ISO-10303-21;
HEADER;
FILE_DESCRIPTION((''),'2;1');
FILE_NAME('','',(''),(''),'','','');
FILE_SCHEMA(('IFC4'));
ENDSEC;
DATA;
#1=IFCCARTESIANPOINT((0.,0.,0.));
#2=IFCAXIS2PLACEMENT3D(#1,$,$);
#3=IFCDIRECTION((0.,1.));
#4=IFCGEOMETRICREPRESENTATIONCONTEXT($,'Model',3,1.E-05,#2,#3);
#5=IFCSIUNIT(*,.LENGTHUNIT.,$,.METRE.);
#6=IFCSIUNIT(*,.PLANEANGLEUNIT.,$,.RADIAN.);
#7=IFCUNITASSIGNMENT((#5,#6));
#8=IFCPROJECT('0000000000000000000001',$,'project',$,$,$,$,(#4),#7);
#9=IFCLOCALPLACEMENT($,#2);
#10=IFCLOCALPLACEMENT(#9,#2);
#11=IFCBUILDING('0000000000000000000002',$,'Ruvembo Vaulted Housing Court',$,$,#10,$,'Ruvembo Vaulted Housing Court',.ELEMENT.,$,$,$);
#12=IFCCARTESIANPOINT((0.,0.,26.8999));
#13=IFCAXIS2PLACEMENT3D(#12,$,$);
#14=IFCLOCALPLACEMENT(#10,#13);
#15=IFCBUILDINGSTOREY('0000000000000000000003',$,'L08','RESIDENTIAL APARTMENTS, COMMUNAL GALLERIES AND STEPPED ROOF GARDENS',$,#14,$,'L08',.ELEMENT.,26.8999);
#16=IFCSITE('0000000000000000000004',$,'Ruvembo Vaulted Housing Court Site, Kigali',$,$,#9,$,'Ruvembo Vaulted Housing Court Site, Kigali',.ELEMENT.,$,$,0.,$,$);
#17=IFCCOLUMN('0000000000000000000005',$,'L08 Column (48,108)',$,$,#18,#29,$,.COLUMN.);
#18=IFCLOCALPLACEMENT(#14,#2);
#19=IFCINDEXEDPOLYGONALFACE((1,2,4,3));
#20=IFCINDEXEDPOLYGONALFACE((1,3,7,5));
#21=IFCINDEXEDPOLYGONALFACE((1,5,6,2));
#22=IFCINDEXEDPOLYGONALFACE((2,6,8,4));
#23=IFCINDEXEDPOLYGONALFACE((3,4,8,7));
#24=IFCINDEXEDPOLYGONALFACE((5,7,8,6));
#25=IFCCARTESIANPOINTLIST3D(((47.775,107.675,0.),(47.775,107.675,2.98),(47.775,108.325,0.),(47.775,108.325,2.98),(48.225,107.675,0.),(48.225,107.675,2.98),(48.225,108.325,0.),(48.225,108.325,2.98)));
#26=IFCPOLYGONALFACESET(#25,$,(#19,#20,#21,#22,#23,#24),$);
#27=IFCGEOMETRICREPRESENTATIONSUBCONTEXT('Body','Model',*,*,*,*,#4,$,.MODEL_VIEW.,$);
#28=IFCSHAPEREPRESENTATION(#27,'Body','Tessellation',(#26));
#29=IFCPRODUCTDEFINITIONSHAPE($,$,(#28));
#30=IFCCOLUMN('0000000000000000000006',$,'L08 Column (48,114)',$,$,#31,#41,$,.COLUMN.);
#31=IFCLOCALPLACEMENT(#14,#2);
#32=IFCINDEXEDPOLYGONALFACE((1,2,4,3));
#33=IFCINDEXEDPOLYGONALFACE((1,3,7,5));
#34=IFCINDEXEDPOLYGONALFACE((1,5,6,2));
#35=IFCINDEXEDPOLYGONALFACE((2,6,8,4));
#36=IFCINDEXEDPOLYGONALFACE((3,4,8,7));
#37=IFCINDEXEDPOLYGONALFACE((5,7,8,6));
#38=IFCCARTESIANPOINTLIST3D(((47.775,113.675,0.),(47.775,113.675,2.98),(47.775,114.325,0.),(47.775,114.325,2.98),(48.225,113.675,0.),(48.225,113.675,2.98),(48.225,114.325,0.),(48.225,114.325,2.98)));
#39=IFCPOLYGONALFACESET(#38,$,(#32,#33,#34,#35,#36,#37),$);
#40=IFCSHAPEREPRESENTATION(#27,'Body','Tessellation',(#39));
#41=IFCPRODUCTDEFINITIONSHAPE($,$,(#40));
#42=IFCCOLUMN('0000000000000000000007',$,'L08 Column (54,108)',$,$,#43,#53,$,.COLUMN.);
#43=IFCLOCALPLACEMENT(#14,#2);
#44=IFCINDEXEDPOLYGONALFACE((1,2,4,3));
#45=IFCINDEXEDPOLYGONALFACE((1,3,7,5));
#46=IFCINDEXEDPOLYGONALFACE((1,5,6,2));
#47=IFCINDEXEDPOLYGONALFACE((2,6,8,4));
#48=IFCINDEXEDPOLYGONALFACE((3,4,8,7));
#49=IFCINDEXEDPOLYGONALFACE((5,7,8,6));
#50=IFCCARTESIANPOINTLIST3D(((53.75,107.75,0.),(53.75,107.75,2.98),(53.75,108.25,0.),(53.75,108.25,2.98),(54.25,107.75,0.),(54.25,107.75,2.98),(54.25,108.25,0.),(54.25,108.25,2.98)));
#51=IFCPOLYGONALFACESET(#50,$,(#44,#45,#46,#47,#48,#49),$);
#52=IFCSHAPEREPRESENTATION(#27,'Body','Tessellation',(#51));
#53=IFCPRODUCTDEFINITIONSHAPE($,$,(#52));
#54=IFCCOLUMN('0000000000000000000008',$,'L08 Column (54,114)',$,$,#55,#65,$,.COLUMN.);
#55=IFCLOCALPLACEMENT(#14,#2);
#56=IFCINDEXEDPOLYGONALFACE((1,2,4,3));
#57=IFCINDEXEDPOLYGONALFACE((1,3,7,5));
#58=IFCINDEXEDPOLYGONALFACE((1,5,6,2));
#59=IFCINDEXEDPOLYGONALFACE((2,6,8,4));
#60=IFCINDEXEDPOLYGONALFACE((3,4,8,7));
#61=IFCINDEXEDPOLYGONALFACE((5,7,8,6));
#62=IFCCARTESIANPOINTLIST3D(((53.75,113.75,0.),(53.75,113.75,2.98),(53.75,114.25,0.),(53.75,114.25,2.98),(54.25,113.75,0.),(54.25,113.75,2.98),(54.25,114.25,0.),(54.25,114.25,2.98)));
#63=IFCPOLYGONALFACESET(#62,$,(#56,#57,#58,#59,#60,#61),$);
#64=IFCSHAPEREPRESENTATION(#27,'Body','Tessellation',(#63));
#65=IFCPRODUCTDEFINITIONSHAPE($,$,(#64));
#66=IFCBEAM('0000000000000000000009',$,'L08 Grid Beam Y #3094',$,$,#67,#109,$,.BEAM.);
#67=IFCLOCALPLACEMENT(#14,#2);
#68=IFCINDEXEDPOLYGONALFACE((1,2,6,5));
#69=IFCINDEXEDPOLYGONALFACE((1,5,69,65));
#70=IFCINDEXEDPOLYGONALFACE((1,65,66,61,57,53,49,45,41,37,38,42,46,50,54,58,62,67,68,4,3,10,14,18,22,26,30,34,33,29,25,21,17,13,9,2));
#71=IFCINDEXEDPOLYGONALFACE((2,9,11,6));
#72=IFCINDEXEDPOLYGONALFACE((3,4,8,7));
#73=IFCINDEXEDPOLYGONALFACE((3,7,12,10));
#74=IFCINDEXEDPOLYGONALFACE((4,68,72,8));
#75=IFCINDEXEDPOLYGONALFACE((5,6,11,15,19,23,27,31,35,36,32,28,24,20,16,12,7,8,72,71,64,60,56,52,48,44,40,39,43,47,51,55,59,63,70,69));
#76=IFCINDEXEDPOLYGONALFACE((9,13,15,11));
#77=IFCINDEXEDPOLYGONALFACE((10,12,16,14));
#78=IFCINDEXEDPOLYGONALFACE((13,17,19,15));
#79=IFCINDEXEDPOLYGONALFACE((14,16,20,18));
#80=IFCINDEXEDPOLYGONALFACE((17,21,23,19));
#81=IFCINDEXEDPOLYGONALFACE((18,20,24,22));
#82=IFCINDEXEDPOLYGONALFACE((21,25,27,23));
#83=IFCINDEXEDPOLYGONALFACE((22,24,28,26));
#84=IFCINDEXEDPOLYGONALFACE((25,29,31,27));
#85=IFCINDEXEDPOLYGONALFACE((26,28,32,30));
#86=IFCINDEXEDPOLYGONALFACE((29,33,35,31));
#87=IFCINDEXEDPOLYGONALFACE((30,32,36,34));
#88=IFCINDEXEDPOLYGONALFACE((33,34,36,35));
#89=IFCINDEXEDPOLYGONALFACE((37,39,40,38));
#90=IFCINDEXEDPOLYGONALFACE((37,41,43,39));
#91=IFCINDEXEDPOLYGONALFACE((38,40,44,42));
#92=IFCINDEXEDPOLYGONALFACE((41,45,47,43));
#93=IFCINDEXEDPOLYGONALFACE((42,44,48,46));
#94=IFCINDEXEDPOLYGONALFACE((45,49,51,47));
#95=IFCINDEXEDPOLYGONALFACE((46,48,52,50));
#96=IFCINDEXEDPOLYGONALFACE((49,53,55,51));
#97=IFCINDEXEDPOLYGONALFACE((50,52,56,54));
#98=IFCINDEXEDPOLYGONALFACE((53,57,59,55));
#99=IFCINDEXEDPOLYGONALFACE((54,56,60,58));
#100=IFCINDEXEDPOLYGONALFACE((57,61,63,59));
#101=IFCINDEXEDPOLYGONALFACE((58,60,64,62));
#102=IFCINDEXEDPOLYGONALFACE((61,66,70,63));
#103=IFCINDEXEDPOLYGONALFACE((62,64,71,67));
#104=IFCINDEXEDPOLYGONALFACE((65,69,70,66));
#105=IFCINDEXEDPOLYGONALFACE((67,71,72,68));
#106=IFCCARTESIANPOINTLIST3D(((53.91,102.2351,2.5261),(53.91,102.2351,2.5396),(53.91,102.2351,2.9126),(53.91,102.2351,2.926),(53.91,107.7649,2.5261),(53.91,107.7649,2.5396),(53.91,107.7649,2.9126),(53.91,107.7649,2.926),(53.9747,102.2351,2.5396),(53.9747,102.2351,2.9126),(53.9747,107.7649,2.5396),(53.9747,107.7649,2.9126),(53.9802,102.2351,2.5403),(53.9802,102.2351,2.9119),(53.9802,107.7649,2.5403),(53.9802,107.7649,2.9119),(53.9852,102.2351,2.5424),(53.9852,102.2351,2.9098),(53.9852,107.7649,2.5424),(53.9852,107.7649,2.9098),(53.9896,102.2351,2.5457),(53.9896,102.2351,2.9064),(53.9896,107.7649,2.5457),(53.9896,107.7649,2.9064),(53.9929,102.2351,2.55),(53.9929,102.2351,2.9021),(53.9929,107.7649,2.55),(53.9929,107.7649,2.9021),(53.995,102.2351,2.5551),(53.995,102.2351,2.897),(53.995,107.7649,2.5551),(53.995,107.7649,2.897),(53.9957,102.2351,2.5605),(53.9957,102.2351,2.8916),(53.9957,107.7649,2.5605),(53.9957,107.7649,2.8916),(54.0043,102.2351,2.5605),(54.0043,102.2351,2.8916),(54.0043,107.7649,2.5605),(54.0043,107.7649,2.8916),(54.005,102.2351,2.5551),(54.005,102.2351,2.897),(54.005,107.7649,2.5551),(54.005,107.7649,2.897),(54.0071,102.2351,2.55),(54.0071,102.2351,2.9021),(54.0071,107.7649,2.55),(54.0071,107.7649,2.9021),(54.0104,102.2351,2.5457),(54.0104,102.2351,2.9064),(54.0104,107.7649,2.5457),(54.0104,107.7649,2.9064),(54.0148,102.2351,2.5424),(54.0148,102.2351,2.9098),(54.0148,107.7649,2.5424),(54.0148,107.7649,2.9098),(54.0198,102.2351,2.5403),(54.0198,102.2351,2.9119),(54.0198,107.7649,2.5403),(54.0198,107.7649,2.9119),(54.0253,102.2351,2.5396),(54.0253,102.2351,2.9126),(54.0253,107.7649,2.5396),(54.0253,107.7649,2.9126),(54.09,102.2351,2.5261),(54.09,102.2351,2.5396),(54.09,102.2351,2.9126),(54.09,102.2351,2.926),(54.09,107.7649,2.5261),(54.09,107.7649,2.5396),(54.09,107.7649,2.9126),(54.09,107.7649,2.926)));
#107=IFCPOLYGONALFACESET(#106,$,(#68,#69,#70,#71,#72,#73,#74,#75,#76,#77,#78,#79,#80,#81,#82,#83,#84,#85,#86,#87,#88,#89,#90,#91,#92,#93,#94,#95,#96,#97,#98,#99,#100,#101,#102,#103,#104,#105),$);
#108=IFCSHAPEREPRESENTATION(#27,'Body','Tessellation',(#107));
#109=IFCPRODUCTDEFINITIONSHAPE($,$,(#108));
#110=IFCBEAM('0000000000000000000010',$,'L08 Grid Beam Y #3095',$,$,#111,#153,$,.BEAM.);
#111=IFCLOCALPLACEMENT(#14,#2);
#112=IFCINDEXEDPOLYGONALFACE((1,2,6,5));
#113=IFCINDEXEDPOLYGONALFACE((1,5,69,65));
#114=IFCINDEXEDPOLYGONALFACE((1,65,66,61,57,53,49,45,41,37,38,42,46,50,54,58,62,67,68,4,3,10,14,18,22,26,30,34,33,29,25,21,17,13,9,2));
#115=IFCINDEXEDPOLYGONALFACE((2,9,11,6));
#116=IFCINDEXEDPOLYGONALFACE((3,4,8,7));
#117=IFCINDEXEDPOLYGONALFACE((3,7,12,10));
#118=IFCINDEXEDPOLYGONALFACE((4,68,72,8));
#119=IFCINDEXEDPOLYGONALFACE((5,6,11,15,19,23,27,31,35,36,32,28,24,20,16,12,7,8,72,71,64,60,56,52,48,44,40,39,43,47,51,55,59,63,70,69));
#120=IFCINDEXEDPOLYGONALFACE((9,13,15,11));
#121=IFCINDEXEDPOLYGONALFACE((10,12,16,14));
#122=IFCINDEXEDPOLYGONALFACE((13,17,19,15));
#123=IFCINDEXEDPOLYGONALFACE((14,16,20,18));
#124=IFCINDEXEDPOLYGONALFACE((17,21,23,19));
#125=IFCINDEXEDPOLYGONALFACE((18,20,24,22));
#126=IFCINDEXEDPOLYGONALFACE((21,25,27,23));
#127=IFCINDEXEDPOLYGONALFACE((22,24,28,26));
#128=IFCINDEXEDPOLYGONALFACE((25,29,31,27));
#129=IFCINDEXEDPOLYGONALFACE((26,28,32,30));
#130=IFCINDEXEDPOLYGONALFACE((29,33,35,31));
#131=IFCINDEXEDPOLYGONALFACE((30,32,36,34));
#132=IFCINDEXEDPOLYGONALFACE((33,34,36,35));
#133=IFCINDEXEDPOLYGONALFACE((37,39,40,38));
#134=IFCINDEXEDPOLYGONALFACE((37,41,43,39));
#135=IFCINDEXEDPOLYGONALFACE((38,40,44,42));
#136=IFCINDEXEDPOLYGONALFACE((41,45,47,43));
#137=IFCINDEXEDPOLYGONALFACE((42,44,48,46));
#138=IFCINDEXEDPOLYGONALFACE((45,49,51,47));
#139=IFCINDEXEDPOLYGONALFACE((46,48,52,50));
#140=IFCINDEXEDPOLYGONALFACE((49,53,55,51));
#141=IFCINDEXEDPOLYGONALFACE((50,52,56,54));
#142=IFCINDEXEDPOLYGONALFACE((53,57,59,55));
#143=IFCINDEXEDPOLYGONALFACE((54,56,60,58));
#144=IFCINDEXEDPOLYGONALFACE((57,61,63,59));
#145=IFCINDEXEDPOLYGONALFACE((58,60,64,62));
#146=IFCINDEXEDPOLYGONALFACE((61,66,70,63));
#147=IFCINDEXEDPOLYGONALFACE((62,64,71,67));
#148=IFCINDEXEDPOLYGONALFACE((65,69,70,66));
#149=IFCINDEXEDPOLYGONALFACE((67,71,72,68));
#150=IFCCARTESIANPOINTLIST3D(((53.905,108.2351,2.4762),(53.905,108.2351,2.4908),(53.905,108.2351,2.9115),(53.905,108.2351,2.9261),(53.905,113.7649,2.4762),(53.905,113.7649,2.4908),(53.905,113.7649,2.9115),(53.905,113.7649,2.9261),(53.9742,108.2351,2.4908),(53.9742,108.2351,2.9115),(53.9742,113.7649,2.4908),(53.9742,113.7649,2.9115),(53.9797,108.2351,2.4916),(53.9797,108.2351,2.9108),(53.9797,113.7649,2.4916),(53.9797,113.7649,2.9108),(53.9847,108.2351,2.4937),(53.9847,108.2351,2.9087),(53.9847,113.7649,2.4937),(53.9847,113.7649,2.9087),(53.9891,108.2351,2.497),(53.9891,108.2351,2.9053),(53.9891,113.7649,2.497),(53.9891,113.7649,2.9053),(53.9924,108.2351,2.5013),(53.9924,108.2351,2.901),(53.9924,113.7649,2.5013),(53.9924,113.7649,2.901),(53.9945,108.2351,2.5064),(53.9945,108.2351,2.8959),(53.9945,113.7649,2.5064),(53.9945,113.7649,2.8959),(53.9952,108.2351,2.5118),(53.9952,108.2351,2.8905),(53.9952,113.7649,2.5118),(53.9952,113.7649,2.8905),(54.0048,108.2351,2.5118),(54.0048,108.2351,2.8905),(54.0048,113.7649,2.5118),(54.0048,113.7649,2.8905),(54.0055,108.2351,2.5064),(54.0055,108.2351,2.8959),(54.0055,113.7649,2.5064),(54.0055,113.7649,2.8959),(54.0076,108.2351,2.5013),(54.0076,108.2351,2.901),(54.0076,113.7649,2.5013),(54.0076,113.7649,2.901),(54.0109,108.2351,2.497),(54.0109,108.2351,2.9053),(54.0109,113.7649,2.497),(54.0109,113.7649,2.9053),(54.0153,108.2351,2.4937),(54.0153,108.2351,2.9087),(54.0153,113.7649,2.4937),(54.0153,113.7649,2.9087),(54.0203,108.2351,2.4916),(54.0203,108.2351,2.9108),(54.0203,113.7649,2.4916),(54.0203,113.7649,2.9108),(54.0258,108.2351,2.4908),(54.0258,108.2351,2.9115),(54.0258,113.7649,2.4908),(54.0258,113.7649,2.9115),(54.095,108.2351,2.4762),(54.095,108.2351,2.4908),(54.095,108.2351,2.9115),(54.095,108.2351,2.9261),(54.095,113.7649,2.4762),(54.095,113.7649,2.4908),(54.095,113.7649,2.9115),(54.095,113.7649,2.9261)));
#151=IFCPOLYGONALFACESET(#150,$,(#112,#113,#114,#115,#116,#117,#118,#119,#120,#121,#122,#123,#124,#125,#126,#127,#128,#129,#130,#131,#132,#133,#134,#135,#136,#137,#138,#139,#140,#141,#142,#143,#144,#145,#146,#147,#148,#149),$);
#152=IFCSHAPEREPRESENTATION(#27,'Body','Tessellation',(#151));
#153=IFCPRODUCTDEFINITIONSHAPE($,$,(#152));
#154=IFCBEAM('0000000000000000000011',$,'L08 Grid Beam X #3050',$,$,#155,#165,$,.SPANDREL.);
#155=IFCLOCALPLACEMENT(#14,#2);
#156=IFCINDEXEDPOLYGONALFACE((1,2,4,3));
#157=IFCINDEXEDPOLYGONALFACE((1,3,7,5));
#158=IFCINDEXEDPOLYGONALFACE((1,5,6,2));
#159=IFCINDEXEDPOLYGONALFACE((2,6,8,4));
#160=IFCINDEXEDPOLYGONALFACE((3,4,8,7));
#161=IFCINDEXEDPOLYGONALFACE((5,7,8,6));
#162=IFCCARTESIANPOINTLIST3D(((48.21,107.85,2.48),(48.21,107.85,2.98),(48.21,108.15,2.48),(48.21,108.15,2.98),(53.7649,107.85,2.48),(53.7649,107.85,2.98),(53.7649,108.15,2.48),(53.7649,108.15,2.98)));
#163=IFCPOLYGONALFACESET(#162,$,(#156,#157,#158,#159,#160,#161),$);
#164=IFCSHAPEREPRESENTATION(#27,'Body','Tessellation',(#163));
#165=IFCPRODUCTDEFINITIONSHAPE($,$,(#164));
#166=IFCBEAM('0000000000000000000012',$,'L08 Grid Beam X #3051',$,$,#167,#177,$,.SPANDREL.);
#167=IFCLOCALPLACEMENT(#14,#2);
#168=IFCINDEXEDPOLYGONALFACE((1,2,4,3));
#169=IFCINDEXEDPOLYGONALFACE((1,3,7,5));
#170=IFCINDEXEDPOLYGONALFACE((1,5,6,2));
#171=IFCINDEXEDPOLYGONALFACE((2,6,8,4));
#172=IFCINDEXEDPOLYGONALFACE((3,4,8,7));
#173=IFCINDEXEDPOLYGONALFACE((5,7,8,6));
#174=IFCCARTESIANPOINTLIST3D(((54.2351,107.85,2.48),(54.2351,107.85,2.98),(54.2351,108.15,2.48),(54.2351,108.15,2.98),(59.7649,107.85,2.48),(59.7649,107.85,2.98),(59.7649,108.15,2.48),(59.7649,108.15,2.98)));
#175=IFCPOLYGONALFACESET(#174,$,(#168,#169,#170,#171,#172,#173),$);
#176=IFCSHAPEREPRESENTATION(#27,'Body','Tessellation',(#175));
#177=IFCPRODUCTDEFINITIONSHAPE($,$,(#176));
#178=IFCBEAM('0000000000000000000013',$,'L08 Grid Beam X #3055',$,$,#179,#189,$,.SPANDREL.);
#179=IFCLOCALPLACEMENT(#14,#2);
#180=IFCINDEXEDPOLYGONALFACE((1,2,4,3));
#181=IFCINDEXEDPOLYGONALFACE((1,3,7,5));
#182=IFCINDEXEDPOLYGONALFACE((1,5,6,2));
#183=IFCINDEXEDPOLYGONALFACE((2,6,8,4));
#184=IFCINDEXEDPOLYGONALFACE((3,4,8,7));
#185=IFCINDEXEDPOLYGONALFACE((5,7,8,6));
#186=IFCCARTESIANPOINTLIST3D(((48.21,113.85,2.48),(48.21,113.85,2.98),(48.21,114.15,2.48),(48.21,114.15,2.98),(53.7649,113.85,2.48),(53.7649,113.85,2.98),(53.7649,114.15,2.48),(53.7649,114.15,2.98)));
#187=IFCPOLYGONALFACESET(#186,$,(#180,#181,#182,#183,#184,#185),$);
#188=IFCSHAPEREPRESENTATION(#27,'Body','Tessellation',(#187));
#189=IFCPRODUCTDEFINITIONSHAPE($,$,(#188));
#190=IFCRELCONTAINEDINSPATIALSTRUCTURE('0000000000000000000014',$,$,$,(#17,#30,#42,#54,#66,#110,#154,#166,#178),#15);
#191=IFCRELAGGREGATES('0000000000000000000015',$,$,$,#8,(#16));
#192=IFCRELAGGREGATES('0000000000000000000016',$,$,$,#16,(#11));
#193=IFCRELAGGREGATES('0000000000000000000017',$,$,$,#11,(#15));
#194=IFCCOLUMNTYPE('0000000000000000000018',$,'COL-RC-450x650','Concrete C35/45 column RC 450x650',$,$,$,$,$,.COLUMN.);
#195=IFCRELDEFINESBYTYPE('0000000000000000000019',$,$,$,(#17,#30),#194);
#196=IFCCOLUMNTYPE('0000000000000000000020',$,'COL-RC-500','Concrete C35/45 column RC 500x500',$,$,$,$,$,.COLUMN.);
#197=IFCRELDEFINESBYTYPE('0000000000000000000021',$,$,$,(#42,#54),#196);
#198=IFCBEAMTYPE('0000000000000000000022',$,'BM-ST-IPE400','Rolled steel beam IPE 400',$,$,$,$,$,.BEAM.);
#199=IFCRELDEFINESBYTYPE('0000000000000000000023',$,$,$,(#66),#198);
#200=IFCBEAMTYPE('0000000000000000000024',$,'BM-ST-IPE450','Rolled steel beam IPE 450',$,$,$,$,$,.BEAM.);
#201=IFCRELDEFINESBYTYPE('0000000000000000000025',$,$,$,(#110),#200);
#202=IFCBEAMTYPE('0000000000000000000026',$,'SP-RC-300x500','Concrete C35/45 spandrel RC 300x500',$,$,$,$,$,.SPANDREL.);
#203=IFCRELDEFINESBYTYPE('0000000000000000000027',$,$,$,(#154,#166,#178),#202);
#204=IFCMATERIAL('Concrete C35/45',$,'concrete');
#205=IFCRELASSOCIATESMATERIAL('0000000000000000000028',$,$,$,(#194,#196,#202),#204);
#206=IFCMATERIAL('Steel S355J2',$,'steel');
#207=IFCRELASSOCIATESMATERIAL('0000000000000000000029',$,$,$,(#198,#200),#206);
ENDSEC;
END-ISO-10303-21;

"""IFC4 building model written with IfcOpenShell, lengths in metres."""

from ifc_helpers import new_model, si_unit, direction, frame, origin, origin_2d, place, context, subcontext, project, spatial, rectangle, i_section, extrude, material, material_profile, profile_set, type_object, element, save


model = new_model("IFC4")

# Units and contexts
model_context = context("Model", 3, precision=1e-05, world=origin(), true_north=direction((0.0, 1.0)))
body_context = subcontext(model_context, "Body", "Model", "MODEL_VIEW")
ifc_project = project(units=[si_unit("LENGTHUNIT", "METRE"), si_unit("PLANEANGLEUNIT", "RADIAN")], contexts=[model_context])

# Site, building, storey
site_placement = place(None, origin())
site = spatial("IfcSite", under=ifc_project, at=site_placement, Name="Ruvembo Vaulted Housing Court Site, Kigali", LongName="Ruvembo Vaulted Housing Court Site, Kigali", CompositionType="ELEMENT", RefElevation=0.0)
building_placement = place(site_placement, origin())
building = spatial("IfcBuilding", under=site, at=building_placement, Name="Ruvembo Vaulted Housing Court", LongName="Ruvembo Vaulted Housing Court", CompositionType="ELEMENT")
storey_placement = place(building_placement, frame((0.0, 0.0, 26.8999)))
storey = spatial("IfcBuildingStorey", under=building, at=storey_placement, Name="L08", Description="RESIDENTIAL APARTMENTS, COMMUNAL GALLERIES AND STEPPED ROOF GARDENS", LongName="L08", CompositionType="ELEMENT", Elevation=26.8999)

# Columns
ifc_material_1 = material(Name="Concrete C35/45", Category="concrete")
ifc_material_profile_1 = material_profile(ifc_material_1, rectangle(XDim=0.45, YDim=0.6499, at=origin_2d()), Name="RC 450x650")
ifc_profile_set_1 = profile_set([ifc_material_profile_1], Name="Concrete C35/45")
column_type_1 = type_object("IfcColumnType", Name="COL-RC-450x650", Description="Concrete C35/45 column RC 450x650", PredefinedType="COLUMN", material=ifc_profile_set_1)
for number, where, z_axis, x_axis, name in (
    (1, (48.0, 108.0, 0.0), (0.0, 0.0, 1.0), (1.0, 0.0, 0.0), "L08 Column (48,108)"),
    (2, (48.0, 114.0, 0.0), (0.0, 0.0, 1.0), (1.0, 0.0, 0.0), "L08 Column (48,114)"),
):
    element("IfcColumn", number, at=place(storey_placement, frame(where, z_axis=z_axis, x_axis=x_axis)), inside=storey, type_object=column_type_1, Name=name, PredefinedType="COLUMN", context=body_context, shape_type="SweptSolid", body=[
        extrude(rectangle(XDim=0.45, YDim=0.6499, at=origin_2d()), origin(), (0.0, 0.0, 1.0), 2.98),
    ])
ifc_material_profile_2 = material_profile(ifc_material_1, rectangle(XDim=0.5, YDim=0.5, at=origin_2d()), Name="RC 500x500")
ifc_profile_set_2 = profile_set([ifc_material_profile_2], Name="Concrete C35/45")
column_type_2 = type_object("IfcColumnType", Name="COL-RC-500", Description="Concrete C35/45 column RC 500x500", PredefinedType="COLUMN", material=ifc_profile_set_2)
for number, where, z_axis, x_axis, name in (
    (3, (54.0, 108.0, 0.0), (0.0, 0.0, 1.0), (1.0, 0.0, 0.0), "L08 Column (54,108)"),
    (4, (54.0, 114.0, 0.0), (0.0, 0.0, 1.0), (1.0, 0.0, 0.0), "L08 Column (54,114)"),
):
    element("IfcColumn", number, at=place(storey_placement, frame(where, z_axis=z_axis, x_axis=x_axis)), inside=storey, type_object=column_type_2, Name=name, PredefinedType="COLUMN", context=body_context, shape_type="SweptSolid", body=[
        extrude(rectangle(XDim=0.5, YDim=0.5, at=origin_2d()), origin(), (0.0, 0.0, 1.0), 2.98),
    ])

# Beams
ifc_material_2 = material(Name="Steel S355J2", Category="steel")
ifc_material_profile_3 = material_profile(ifc_material_2, i_section(OverallWidth=0.1799, OverallDepth=0.3999, WebThickness=0.0085, FlangeThickness=0.0134, FilletRadius=0.021, at=origin_2d()), Name="IPE 400")
ifc_profile_set_3 = profile_set([ifc_material_profile_3], Name="Steel S355J2")
beam_type_1 = type_object("IfcBeamType", Name="BM-ST-IPE400", Description="Rolled steel beam IPE 400", PredefinedType="BEAM", material=ifc_profile_set_3)
beam_1_placement = place(storey_placement, frame((54.0, 102.2351, 2.7261), z_axis=(0.0, 1.0, 0.0), x_axis=(-1.0, 0.0, 0.0)))
element("IfcBeam", 5, at=beam_1_placement, inside=storey, type_object=beam_type_1, Name="L08 Grid Beam Y #3094", PredefinedType="BEAM", context=body_context, shape_type="SweptSolid", body=[
    extrude(i_section(OverallWidth=0.1799, OverallDepth=0.3999, WebThickness=0.0085, FlangeThickness=0.0134, FilletRadius=0.021, at=origin_2d()), origin(), (0.0, 0.0, 1.0), 5.5298),
])
ifc_material_profile_4 = material_profile(ifc_material_2, i_section(OverallWidth=0.1899, OverallDepth=0.45, WebThickness=0.0095, FlangeThickness=0.0146, FilletRadius=0.021, at=origin_2d()), Name="IPE 450")
ifc_profile_set_4 = profile_set([ifc_material_profile_4], Name="Steel S355J2")
beam_type_2 = type_object("IfcBeamType", Name="BM-ST-IPE450", Description="Rolled steel beam IPE 450", PredefinedType="BEAM", material=ifc_profile_set_4)
beam_2_placement = place(storey_placement, frame((54.0, 108.2351, 2.7012), z_axis=(0.0, 1.0, 0.0), x_axis=(-1.0, 0.0, 0.0)))
element("IfcBeam", 6, at=beam_2_placement, inside=storey, type_object=beam_type_2, Name="L08 Grid Beam Y #3095", PredefinedType="BEAM", context=body_context, shape_type="SweptSolid", body=[
    extrude(i_section(OverallWidth=0.1899, OverallDepth=0.45, WebThickness=0.0095, FlangeThickness=0.0146, FilletRadius=0.021, at=origin_2d()), origin(), (0.0, 0.0, 1.0), 5.5298),
])
ifc_material_profile_5 = material_profile(ifc_material_1, rectangle(XDim=0.3, YDim=0.5, at=origin_2d()), Name="RC 300x500")
ifc_profile_set_5 = profile_set([ifc_material_profile_5], Name="Concrete C35/45")
beam_type_3 = type_object("IfcBeamType", Name="SP-RC-300x500", Description="Concrete C35/45 spandrel RC 300x500", PredefinedType="SPANDREL", material=ifc_profile_set_5)
beam_3_placement = place(storey_placement, frame((48.21, 108.0, 2.73), z_axis=(1.0, 0.0, 0.0), x_axis=(0.0, 1.0, 0.0)))
element("IfcBeam", 7, at=beam_3_placement, inside=storey, type_object=beam_type_3, Name="L08 Grid Beam X #3050", PredefinedType="SPANDREL", context=body_context, shape_type="SweptSolid", body=[
    extrude(rectangle(XDim=0.3, YDim=0.5, at=origin_2d()), origin(), (0.0, 0.0, 1.0), 5.5549),
])
beam_4_placement = place(storey_placement, frame((54.2351, 108.0, 2.73), z_axis=(1.0, 0.0, 0.0), x_axis=(0.0, 1.0, 0.0)))
element("IfcBeam", 8, at=beam_4_placement, inside=storey, type_object=beam_type_3, Name="L08 Grid Beam X #3051", PredefinedType="SPANDREL", context=body_context, shape_type="SweptSolid", body=[
    extrude(rectangle(XDim=0.3, YDim=0.5, at=origin_2d()), origin(), (0.0, 0.0, 1.0), 5.5298),
])
beam_5_placement = place(storey_placement, frame((48.21, 114.0, 2.73), z_axis=(1.0, 0.0, 0.0), x_axis=(0.0, 1.0, 0.0)))
element("IfcBeam", 9, at=beam_5_placement, inside=storey, type_object=beam_type_3, Name="L08 Grid Beam X #3055", PredefinedType="SPANDREL", context=body_context, shape_type="SweptSolid", body=[
    extrude(rectangle(XDim=0.3, YDim=0.5, at=origin_2d()), origin(), (0.0, 0.0, 1.0), 5.5549),
])

save(model, "model.ifc")
